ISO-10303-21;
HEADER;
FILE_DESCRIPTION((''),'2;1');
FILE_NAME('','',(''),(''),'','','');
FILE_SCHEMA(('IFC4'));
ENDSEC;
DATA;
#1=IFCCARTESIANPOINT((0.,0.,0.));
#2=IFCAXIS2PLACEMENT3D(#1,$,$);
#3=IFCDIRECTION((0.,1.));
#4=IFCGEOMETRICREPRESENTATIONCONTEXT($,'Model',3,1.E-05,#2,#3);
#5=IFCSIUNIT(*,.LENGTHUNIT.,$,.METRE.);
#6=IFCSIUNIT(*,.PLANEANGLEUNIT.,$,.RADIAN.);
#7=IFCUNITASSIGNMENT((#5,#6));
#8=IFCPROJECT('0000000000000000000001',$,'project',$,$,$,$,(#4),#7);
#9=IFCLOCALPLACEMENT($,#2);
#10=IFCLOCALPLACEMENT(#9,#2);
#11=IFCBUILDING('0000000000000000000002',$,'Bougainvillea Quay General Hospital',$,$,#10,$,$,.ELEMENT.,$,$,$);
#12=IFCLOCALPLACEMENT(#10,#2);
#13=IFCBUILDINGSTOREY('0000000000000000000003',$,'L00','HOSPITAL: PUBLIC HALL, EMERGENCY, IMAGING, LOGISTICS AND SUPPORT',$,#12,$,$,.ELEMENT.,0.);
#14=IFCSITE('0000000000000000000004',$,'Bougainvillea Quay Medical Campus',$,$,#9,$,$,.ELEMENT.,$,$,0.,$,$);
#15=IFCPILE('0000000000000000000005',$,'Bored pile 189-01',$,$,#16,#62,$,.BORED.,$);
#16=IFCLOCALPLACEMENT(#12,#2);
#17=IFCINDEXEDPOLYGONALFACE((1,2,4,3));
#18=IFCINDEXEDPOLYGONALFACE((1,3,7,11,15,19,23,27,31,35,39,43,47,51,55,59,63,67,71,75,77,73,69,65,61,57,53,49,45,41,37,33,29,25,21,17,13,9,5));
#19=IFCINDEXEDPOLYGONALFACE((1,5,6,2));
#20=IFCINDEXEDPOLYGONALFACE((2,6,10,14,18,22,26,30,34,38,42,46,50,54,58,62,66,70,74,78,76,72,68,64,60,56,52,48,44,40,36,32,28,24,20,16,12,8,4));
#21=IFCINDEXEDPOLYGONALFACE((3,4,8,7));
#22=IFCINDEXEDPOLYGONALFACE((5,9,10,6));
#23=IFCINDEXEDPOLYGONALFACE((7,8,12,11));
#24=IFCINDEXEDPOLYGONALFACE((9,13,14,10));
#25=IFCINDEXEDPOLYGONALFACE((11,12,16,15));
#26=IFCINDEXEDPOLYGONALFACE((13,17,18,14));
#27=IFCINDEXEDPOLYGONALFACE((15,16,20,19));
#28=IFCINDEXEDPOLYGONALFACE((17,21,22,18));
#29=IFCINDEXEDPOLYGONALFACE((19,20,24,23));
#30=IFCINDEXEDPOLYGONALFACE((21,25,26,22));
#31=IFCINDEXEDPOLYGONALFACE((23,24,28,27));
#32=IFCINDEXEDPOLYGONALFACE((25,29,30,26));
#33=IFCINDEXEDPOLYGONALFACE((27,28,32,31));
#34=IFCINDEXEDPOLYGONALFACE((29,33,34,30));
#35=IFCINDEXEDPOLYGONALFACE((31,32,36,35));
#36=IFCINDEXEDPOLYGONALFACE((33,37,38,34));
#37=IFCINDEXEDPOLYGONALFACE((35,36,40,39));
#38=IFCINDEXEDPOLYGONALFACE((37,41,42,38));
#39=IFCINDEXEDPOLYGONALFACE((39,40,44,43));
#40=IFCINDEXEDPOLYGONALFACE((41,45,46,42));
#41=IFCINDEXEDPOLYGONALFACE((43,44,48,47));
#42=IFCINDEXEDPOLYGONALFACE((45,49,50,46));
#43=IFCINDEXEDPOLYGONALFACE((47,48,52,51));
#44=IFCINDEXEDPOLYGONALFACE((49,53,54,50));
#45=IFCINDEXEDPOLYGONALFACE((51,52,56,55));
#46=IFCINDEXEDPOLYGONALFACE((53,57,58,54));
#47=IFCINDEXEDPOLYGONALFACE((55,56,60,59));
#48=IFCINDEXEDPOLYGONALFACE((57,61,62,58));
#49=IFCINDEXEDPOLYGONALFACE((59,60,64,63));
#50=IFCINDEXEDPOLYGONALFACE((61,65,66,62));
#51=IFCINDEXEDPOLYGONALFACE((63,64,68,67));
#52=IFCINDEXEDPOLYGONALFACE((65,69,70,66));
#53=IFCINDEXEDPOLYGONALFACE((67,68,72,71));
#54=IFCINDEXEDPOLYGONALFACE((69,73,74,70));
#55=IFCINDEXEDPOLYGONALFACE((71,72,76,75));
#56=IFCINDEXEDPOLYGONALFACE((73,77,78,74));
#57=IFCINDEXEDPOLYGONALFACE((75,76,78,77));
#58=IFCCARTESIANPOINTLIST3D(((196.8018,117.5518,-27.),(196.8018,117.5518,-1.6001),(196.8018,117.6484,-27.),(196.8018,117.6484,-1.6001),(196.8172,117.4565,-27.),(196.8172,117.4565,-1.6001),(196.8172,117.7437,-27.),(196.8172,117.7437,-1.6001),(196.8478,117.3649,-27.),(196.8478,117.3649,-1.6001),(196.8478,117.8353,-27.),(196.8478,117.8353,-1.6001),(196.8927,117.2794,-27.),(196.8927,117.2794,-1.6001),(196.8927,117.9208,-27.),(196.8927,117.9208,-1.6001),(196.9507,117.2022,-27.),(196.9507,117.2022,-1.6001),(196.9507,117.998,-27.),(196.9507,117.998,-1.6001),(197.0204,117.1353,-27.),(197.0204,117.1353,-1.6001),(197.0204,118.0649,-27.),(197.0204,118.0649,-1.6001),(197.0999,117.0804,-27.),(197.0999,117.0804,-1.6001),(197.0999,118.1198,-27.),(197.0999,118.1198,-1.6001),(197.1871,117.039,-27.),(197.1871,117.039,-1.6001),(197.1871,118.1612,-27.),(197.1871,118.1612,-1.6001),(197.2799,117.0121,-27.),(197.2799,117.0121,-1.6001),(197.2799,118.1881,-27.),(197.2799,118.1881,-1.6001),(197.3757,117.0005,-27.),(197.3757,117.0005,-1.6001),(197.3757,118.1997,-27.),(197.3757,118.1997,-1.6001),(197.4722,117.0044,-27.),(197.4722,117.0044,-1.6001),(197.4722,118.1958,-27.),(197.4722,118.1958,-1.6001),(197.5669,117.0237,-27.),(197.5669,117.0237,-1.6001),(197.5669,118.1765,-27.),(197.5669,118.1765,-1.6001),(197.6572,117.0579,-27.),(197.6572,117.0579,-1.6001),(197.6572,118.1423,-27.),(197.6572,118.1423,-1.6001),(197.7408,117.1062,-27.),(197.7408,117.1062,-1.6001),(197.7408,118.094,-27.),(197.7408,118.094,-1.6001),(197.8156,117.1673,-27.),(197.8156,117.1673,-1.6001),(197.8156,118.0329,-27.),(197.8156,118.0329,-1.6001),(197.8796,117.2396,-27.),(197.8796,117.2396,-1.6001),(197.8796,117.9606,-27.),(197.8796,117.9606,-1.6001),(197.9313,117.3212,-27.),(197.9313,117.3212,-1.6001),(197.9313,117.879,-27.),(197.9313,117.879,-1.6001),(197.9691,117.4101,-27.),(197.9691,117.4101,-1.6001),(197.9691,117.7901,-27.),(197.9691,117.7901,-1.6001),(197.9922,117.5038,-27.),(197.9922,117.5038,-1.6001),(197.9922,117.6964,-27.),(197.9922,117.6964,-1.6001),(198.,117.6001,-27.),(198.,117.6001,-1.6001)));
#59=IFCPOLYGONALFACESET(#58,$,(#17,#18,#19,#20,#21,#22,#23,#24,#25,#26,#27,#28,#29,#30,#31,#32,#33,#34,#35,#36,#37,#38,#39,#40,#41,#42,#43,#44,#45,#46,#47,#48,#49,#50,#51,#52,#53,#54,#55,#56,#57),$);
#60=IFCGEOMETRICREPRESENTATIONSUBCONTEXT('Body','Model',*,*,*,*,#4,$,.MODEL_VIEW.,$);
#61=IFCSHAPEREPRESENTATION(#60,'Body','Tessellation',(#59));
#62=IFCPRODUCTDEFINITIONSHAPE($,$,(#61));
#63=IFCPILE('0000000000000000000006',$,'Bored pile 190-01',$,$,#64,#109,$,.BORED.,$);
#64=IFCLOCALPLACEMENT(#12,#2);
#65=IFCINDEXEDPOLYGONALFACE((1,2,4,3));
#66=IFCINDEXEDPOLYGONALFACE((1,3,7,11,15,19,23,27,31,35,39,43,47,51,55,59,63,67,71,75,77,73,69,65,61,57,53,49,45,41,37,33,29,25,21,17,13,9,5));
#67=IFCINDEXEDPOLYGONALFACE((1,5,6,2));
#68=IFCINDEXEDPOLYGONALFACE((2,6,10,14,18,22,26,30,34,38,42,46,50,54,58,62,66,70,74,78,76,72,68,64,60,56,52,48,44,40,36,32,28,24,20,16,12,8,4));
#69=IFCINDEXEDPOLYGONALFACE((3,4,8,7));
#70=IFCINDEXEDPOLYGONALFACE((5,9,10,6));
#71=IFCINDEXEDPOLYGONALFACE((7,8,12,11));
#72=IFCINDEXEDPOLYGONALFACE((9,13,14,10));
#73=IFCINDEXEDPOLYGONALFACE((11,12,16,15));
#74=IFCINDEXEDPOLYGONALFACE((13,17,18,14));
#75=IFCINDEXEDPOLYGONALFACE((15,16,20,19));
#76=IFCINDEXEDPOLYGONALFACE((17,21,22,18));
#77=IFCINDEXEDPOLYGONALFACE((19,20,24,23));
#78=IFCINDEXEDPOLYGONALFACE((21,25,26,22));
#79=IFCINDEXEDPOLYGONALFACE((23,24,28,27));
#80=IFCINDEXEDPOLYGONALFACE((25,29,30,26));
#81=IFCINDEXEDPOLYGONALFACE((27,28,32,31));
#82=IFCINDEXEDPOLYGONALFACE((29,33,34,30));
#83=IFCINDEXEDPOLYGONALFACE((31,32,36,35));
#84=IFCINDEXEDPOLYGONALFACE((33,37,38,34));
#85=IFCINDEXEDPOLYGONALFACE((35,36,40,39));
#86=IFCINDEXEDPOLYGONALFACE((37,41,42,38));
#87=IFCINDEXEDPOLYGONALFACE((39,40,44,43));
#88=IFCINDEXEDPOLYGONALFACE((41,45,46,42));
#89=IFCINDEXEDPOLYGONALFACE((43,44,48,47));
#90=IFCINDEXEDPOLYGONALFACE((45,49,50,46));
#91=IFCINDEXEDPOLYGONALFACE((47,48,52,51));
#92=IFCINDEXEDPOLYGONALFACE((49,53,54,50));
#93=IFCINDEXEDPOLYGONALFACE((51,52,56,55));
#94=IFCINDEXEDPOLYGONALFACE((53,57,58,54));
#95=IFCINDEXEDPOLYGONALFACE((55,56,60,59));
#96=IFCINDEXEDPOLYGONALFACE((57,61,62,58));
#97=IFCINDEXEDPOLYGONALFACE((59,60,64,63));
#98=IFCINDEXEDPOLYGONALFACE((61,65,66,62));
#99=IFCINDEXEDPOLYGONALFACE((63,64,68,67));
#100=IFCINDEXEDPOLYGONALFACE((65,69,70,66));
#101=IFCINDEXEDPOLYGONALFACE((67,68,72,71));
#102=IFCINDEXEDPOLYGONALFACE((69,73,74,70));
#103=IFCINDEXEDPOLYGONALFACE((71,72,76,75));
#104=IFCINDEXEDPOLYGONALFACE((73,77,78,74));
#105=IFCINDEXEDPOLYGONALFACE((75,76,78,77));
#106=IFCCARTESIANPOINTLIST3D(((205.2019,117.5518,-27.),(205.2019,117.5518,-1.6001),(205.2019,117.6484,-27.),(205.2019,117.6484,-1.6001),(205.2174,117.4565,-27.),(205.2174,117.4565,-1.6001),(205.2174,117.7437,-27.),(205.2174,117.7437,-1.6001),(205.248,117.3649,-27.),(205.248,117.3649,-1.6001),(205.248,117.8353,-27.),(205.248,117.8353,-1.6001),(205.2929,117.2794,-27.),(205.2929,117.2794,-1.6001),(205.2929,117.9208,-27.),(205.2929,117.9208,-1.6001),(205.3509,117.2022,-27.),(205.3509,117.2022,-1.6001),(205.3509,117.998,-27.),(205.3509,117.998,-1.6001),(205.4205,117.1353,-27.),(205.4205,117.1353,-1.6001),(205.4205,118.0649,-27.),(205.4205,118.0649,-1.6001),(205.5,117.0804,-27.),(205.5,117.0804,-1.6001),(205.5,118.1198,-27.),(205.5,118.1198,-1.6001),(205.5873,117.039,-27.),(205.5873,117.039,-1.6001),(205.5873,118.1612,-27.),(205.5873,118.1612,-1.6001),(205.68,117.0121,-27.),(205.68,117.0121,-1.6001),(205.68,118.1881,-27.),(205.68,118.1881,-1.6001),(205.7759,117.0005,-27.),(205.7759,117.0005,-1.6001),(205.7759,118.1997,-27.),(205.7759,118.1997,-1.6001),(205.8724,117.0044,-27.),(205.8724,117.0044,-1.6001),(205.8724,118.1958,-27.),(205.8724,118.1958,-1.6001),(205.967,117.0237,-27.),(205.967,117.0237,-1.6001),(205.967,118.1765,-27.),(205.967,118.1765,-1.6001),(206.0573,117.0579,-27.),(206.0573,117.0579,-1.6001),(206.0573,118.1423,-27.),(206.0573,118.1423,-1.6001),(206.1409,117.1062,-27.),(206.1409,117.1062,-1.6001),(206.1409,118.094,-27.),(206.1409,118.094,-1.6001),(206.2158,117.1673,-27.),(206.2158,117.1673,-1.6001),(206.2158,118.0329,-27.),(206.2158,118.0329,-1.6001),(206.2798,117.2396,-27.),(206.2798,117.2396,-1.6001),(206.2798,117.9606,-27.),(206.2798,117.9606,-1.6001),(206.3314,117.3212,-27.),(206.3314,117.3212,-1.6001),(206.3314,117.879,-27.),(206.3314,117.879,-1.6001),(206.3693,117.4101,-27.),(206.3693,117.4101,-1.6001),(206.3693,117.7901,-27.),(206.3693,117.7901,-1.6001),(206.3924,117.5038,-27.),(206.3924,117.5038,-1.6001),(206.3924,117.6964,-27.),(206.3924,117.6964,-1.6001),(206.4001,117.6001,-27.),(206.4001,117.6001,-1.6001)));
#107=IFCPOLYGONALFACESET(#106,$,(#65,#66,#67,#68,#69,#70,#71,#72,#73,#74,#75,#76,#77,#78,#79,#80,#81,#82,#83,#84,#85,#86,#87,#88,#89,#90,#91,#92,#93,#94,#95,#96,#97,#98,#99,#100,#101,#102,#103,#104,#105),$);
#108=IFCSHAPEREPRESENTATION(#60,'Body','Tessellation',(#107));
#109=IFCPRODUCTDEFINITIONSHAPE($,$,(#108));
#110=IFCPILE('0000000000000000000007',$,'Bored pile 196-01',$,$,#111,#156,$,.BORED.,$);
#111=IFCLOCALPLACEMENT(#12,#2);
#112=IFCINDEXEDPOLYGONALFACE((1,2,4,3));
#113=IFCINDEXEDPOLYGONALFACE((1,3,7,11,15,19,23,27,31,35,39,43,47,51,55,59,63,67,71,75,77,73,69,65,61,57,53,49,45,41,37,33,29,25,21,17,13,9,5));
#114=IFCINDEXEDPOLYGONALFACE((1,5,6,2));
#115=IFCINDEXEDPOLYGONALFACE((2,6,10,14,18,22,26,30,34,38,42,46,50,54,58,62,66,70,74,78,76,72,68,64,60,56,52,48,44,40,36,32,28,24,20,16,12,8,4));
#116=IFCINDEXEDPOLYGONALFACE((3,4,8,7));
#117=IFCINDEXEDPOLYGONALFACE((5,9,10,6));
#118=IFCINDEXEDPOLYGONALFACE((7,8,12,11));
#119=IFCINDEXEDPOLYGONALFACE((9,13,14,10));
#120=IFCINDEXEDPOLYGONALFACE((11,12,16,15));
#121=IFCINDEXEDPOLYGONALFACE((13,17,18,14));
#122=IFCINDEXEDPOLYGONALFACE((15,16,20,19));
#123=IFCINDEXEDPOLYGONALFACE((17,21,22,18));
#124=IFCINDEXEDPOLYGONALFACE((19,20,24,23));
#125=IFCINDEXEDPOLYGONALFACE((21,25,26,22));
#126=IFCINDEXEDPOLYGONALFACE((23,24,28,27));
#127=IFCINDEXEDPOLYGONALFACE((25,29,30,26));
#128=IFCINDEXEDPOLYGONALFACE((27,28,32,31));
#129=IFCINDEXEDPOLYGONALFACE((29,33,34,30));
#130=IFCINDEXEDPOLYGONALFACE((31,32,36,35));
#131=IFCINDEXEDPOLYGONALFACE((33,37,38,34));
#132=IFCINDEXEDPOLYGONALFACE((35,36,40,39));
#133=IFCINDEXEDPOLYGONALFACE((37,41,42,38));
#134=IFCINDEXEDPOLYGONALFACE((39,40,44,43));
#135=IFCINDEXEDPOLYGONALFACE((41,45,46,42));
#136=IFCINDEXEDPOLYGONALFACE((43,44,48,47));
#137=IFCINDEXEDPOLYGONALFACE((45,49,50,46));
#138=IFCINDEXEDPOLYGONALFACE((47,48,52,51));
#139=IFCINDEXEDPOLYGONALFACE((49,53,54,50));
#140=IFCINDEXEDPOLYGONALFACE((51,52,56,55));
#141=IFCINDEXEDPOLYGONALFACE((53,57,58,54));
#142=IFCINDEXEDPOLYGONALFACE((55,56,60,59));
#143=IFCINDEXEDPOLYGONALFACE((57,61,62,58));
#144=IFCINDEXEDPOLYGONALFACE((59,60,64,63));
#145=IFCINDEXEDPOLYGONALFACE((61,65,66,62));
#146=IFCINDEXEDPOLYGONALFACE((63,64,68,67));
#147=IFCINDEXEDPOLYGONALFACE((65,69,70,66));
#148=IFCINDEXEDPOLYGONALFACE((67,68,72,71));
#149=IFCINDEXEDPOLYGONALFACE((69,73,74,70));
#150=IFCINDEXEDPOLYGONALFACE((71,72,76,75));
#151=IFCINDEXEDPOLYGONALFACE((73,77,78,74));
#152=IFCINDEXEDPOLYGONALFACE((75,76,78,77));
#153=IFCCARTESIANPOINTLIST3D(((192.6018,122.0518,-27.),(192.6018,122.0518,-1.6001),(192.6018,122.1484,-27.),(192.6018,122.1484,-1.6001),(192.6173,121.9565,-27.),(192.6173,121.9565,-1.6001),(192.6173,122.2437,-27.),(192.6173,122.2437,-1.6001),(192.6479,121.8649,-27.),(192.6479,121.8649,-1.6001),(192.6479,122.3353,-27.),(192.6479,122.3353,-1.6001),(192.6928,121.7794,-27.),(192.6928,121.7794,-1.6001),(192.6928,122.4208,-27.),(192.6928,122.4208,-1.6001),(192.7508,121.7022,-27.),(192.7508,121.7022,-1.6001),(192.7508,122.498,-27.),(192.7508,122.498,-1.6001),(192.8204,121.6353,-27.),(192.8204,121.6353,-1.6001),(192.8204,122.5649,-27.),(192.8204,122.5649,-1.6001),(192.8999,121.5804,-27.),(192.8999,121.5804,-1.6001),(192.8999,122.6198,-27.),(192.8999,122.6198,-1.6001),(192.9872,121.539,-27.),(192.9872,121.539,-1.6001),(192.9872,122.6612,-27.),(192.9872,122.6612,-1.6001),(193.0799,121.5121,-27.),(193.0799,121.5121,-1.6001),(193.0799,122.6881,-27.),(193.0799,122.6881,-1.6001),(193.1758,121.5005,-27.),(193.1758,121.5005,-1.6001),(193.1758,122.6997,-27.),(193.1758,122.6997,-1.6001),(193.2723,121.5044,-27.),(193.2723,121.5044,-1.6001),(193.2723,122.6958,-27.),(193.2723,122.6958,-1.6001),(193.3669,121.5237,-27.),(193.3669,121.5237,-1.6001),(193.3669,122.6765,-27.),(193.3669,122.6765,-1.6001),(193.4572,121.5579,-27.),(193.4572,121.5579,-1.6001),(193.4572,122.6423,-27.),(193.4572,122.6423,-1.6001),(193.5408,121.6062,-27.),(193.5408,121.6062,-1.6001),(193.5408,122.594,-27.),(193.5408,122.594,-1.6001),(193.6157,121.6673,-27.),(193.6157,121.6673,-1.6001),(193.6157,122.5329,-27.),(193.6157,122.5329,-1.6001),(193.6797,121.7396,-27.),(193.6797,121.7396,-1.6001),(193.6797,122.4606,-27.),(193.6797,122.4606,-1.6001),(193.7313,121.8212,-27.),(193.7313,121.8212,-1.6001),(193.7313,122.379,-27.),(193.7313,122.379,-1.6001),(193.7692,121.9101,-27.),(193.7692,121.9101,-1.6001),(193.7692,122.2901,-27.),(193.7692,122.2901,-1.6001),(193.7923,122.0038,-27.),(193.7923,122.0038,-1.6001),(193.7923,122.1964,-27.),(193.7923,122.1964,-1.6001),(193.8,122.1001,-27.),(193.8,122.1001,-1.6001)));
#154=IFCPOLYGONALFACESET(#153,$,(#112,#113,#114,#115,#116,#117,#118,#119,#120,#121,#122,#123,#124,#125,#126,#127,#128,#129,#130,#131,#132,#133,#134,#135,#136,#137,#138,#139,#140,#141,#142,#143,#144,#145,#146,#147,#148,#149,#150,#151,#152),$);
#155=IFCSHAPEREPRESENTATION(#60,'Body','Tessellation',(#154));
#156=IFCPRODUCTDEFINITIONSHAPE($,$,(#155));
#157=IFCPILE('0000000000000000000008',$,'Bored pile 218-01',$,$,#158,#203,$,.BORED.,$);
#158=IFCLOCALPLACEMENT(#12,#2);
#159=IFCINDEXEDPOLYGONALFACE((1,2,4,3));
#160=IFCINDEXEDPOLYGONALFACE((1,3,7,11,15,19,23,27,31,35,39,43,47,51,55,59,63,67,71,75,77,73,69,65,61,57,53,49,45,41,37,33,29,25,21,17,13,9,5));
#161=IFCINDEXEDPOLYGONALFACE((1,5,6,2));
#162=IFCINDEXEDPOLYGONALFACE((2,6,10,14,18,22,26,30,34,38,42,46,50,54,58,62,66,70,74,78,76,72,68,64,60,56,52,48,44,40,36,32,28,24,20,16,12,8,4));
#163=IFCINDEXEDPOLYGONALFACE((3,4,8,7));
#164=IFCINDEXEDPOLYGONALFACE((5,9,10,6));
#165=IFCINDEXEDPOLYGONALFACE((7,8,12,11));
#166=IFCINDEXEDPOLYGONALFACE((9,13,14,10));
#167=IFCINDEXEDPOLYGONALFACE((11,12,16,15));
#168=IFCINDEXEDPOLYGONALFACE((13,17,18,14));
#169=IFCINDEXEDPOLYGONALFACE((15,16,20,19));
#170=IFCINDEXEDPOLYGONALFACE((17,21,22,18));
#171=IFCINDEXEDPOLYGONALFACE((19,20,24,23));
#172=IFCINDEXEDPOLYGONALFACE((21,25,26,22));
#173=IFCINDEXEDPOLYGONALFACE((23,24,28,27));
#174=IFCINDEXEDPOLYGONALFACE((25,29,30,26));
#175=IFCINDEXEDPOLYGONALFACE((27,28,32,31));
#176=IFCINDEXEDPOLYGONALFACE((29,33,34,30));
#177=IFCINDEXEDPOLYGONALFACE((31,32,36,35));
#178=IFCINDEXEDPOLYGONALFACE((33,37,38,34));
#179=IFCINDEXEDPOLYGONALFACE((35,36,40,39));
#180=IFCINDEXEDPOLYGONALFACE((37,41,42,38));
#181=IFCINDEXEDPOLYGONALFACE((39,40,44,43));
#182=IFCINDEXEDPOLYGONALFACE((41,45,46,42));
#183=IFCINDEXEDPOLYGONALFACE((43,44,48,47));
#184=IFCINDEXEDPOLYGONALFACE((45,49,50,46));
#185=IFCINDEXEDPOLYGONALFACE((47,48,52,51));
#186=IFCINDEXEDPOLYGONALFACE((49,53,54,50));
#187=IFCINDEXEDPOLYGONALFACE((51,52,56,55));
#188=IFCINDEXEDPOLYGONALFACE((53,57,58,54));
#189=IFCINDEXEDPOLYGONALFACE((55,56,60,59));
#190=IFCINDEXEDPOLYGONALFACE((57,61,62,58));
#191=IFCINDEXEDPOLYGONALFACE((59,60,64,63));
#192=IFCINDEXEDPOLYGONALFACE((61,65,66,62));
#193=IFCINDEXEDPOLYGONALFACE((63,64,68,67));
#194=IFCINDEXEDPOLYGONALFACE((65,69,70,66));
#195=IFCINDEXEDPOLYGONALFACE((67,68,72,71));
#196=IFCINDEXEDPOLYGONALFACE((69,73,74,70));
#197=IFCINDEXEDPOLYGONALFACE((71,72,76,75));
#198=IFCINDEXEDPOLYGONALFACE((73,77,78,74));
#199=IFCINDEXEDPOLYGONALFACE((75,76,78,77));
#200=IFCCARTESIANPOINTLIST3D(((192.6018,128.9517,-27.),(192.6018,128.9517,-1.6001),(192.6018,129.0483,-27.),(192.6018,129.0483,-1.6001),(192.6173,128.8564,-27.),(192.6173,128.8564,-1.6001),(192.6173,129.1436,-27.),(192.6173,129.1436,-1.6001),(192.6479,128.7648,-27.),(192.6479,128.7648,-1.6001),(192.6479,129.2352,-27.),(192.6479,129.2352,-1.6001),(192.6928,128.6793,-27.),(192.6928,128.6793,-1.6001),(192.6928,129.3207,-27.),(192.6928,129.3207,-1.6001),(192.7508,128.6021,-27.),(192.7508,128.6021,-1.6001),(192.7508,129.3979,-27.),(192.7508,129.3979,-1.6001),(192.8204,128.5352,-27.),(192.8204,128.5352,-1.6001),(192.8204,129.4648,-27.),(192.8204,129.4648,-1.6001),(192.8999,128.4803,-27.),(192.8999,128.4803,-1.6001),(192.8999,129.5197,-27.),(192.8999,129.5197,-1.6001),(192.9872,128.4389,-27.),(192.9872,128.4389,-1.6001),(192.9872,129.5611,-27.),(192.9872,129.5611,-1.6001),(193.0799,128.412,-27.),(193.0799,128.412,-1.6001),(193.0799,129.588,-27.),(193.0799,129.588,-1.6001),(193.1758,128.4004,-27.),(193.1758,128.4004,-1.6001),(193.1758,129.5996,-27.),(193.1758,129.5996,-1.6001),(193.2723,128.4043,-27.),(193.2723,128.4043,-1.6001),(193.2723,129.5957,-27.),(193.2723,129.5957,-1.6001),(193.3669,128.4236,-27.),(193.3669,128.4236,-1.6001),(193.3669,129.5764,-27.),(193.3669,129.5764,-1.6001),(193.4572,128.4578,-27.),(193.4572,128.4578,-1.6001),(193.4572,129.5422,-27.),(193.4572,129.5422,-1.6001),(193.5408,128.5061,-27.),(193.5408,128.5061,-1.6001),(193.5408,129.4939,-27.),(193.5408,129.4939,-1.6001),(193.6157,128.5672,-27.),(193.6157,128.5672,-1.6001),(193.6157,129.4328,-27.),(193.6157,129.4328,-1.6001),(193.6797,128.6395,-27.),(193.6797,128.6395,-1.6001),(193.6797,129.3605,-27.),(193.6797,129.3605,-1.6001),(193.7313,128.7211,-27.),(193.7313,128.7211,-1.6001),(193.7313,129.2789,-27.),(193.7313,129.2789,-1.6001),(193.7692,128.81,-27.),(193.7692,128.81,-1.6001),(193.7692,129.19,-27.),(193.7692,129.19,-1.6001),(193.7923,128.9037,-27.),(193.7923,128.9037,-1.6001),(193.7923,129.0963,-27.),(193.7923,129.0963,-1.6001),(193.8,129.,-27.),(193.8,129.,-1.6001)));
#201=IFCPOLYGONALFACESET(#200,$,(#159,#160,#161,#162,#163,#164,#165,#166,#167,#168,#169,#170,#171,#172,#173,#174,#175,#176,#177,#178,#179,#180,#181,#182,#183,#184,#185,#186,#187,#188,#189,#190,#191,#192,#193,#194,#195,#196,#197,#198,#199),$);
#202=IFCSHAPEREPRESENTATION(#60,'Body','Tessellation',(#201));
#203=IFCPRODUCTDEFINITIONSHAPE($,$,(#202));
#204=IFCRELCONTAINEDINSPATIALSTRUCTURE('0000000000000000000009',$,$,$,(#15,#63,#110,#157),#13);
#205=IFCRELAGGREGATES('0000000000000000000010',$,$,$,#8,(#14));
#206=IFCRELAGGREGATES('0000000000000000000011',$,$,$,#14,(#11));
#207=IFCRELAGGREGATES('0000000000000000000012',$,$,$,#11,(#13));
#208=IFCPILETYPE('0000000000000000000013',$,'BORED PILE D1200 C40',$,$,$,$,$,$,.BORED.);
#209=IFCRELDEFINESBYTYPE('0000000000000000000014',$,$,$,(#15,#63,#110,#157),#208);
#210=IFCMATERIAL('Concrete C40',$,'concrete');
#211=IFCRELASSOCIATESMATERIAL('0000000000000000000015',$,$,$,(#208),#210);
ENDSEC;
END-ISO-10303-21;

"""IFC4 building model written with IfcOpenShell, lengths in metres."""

from ifc_helpers import new_model, si_unit, direction, frame, origin, origin_2d, place, context, subcontext, project, spatial, circle, extrude, material, material_profile, profile_set, type_object, element, save


model = new_model("IFC4")

# Units and contexts
model_context = context("Model", 3, precision=1e-05, world=origin(), true_north=direction((0.0, 1.0)))
body_context = subcontext(model_context, "Body", "Model", "MODEL_VIEW")
ifc_project = project(units=[si_unit("LENGTHUNIT", "METRE"), si_unit("PLANEANGLEUNIT", "RADIAN")], contexts=[model_context])

# Site, building, storey
site_placement = place(None, origin())
site = spatial("IfcSite", under=ifc_project, at=site_placement, Name="Bougainvillea Quay Medical Campus", CompositionType="ELEMENT", RefElevation=0.0)
building_placement = place(site_placement, origin())
building = spatial("IfcBuilding", under=site, at=building_placement, Name="Bougainvillea Quay General Hospital", CompositionType="ELEMENT")
storey_placement = place(building_placement, origin())
storey = spatial("IfcBuildingStorey", under=building, at=storey_placement, Name="L00", Description="HOSPITAL: PUBLIC HALL, EMERGENCY, IMAGING, LOGISTICS AND SUPPORT", CompositionType="ELEMENT", Elevation=0.0)

# Piles
ifc_material_1 = material(Name="Concrete C40", Category="concrete")
ifc_material_profile_1 = material_profile(ifc_material_1, circle(Radius=0.6001, at=origin_2d()))
ifc_profile_set_1 = profile_set([ifc_material_profile_1], Name="Concrete C40")
pile_type = type_object("IfcPileType", Name="BORED PILE D1200 C40", PredefinedType="BORED", material=ifc_profile_set_1)
for number, where, z_axis, x_axis, name in (
    (1, (197.3999, 117.6001, -1.6001), (0.0, 0.0, -1.0), (1.0, 0.0, 0.0), "Bored pile 189-01"),
    (2, (205.8, 117.6001, -1.6001), (0.0, 0.0, -1.0), (1.0, 0.0, 0.0), "Bored pile 190-01"),
    (3, (193.2, 122.1001, -1.6001), (0.0, 0.0, -1.0), (1.0, 0.0, 0.0), "Bored pile 196-01"),
    (4, (193.2, 129.0, -1.6001), (0.0, 0.0, -1.0), (1.0, 0.0, 0.0), "Bored pile 218-01"),
):
    element("IfcPile", number, at=place(storey_placement, frame(where, z_axis=z_axis, x_axis=x_axis)), inside=storey, type_object=pile_type, Name=name, PredefinedType="BORED", context=body_context, shape_type="SweptSolid", body=[
        extrude(circle(Radius=0.6001, at=origin_2d()), origin(), (0.0, 0.0, 1.0), 25.3999),
    ])

save(model, "model.ifc")
